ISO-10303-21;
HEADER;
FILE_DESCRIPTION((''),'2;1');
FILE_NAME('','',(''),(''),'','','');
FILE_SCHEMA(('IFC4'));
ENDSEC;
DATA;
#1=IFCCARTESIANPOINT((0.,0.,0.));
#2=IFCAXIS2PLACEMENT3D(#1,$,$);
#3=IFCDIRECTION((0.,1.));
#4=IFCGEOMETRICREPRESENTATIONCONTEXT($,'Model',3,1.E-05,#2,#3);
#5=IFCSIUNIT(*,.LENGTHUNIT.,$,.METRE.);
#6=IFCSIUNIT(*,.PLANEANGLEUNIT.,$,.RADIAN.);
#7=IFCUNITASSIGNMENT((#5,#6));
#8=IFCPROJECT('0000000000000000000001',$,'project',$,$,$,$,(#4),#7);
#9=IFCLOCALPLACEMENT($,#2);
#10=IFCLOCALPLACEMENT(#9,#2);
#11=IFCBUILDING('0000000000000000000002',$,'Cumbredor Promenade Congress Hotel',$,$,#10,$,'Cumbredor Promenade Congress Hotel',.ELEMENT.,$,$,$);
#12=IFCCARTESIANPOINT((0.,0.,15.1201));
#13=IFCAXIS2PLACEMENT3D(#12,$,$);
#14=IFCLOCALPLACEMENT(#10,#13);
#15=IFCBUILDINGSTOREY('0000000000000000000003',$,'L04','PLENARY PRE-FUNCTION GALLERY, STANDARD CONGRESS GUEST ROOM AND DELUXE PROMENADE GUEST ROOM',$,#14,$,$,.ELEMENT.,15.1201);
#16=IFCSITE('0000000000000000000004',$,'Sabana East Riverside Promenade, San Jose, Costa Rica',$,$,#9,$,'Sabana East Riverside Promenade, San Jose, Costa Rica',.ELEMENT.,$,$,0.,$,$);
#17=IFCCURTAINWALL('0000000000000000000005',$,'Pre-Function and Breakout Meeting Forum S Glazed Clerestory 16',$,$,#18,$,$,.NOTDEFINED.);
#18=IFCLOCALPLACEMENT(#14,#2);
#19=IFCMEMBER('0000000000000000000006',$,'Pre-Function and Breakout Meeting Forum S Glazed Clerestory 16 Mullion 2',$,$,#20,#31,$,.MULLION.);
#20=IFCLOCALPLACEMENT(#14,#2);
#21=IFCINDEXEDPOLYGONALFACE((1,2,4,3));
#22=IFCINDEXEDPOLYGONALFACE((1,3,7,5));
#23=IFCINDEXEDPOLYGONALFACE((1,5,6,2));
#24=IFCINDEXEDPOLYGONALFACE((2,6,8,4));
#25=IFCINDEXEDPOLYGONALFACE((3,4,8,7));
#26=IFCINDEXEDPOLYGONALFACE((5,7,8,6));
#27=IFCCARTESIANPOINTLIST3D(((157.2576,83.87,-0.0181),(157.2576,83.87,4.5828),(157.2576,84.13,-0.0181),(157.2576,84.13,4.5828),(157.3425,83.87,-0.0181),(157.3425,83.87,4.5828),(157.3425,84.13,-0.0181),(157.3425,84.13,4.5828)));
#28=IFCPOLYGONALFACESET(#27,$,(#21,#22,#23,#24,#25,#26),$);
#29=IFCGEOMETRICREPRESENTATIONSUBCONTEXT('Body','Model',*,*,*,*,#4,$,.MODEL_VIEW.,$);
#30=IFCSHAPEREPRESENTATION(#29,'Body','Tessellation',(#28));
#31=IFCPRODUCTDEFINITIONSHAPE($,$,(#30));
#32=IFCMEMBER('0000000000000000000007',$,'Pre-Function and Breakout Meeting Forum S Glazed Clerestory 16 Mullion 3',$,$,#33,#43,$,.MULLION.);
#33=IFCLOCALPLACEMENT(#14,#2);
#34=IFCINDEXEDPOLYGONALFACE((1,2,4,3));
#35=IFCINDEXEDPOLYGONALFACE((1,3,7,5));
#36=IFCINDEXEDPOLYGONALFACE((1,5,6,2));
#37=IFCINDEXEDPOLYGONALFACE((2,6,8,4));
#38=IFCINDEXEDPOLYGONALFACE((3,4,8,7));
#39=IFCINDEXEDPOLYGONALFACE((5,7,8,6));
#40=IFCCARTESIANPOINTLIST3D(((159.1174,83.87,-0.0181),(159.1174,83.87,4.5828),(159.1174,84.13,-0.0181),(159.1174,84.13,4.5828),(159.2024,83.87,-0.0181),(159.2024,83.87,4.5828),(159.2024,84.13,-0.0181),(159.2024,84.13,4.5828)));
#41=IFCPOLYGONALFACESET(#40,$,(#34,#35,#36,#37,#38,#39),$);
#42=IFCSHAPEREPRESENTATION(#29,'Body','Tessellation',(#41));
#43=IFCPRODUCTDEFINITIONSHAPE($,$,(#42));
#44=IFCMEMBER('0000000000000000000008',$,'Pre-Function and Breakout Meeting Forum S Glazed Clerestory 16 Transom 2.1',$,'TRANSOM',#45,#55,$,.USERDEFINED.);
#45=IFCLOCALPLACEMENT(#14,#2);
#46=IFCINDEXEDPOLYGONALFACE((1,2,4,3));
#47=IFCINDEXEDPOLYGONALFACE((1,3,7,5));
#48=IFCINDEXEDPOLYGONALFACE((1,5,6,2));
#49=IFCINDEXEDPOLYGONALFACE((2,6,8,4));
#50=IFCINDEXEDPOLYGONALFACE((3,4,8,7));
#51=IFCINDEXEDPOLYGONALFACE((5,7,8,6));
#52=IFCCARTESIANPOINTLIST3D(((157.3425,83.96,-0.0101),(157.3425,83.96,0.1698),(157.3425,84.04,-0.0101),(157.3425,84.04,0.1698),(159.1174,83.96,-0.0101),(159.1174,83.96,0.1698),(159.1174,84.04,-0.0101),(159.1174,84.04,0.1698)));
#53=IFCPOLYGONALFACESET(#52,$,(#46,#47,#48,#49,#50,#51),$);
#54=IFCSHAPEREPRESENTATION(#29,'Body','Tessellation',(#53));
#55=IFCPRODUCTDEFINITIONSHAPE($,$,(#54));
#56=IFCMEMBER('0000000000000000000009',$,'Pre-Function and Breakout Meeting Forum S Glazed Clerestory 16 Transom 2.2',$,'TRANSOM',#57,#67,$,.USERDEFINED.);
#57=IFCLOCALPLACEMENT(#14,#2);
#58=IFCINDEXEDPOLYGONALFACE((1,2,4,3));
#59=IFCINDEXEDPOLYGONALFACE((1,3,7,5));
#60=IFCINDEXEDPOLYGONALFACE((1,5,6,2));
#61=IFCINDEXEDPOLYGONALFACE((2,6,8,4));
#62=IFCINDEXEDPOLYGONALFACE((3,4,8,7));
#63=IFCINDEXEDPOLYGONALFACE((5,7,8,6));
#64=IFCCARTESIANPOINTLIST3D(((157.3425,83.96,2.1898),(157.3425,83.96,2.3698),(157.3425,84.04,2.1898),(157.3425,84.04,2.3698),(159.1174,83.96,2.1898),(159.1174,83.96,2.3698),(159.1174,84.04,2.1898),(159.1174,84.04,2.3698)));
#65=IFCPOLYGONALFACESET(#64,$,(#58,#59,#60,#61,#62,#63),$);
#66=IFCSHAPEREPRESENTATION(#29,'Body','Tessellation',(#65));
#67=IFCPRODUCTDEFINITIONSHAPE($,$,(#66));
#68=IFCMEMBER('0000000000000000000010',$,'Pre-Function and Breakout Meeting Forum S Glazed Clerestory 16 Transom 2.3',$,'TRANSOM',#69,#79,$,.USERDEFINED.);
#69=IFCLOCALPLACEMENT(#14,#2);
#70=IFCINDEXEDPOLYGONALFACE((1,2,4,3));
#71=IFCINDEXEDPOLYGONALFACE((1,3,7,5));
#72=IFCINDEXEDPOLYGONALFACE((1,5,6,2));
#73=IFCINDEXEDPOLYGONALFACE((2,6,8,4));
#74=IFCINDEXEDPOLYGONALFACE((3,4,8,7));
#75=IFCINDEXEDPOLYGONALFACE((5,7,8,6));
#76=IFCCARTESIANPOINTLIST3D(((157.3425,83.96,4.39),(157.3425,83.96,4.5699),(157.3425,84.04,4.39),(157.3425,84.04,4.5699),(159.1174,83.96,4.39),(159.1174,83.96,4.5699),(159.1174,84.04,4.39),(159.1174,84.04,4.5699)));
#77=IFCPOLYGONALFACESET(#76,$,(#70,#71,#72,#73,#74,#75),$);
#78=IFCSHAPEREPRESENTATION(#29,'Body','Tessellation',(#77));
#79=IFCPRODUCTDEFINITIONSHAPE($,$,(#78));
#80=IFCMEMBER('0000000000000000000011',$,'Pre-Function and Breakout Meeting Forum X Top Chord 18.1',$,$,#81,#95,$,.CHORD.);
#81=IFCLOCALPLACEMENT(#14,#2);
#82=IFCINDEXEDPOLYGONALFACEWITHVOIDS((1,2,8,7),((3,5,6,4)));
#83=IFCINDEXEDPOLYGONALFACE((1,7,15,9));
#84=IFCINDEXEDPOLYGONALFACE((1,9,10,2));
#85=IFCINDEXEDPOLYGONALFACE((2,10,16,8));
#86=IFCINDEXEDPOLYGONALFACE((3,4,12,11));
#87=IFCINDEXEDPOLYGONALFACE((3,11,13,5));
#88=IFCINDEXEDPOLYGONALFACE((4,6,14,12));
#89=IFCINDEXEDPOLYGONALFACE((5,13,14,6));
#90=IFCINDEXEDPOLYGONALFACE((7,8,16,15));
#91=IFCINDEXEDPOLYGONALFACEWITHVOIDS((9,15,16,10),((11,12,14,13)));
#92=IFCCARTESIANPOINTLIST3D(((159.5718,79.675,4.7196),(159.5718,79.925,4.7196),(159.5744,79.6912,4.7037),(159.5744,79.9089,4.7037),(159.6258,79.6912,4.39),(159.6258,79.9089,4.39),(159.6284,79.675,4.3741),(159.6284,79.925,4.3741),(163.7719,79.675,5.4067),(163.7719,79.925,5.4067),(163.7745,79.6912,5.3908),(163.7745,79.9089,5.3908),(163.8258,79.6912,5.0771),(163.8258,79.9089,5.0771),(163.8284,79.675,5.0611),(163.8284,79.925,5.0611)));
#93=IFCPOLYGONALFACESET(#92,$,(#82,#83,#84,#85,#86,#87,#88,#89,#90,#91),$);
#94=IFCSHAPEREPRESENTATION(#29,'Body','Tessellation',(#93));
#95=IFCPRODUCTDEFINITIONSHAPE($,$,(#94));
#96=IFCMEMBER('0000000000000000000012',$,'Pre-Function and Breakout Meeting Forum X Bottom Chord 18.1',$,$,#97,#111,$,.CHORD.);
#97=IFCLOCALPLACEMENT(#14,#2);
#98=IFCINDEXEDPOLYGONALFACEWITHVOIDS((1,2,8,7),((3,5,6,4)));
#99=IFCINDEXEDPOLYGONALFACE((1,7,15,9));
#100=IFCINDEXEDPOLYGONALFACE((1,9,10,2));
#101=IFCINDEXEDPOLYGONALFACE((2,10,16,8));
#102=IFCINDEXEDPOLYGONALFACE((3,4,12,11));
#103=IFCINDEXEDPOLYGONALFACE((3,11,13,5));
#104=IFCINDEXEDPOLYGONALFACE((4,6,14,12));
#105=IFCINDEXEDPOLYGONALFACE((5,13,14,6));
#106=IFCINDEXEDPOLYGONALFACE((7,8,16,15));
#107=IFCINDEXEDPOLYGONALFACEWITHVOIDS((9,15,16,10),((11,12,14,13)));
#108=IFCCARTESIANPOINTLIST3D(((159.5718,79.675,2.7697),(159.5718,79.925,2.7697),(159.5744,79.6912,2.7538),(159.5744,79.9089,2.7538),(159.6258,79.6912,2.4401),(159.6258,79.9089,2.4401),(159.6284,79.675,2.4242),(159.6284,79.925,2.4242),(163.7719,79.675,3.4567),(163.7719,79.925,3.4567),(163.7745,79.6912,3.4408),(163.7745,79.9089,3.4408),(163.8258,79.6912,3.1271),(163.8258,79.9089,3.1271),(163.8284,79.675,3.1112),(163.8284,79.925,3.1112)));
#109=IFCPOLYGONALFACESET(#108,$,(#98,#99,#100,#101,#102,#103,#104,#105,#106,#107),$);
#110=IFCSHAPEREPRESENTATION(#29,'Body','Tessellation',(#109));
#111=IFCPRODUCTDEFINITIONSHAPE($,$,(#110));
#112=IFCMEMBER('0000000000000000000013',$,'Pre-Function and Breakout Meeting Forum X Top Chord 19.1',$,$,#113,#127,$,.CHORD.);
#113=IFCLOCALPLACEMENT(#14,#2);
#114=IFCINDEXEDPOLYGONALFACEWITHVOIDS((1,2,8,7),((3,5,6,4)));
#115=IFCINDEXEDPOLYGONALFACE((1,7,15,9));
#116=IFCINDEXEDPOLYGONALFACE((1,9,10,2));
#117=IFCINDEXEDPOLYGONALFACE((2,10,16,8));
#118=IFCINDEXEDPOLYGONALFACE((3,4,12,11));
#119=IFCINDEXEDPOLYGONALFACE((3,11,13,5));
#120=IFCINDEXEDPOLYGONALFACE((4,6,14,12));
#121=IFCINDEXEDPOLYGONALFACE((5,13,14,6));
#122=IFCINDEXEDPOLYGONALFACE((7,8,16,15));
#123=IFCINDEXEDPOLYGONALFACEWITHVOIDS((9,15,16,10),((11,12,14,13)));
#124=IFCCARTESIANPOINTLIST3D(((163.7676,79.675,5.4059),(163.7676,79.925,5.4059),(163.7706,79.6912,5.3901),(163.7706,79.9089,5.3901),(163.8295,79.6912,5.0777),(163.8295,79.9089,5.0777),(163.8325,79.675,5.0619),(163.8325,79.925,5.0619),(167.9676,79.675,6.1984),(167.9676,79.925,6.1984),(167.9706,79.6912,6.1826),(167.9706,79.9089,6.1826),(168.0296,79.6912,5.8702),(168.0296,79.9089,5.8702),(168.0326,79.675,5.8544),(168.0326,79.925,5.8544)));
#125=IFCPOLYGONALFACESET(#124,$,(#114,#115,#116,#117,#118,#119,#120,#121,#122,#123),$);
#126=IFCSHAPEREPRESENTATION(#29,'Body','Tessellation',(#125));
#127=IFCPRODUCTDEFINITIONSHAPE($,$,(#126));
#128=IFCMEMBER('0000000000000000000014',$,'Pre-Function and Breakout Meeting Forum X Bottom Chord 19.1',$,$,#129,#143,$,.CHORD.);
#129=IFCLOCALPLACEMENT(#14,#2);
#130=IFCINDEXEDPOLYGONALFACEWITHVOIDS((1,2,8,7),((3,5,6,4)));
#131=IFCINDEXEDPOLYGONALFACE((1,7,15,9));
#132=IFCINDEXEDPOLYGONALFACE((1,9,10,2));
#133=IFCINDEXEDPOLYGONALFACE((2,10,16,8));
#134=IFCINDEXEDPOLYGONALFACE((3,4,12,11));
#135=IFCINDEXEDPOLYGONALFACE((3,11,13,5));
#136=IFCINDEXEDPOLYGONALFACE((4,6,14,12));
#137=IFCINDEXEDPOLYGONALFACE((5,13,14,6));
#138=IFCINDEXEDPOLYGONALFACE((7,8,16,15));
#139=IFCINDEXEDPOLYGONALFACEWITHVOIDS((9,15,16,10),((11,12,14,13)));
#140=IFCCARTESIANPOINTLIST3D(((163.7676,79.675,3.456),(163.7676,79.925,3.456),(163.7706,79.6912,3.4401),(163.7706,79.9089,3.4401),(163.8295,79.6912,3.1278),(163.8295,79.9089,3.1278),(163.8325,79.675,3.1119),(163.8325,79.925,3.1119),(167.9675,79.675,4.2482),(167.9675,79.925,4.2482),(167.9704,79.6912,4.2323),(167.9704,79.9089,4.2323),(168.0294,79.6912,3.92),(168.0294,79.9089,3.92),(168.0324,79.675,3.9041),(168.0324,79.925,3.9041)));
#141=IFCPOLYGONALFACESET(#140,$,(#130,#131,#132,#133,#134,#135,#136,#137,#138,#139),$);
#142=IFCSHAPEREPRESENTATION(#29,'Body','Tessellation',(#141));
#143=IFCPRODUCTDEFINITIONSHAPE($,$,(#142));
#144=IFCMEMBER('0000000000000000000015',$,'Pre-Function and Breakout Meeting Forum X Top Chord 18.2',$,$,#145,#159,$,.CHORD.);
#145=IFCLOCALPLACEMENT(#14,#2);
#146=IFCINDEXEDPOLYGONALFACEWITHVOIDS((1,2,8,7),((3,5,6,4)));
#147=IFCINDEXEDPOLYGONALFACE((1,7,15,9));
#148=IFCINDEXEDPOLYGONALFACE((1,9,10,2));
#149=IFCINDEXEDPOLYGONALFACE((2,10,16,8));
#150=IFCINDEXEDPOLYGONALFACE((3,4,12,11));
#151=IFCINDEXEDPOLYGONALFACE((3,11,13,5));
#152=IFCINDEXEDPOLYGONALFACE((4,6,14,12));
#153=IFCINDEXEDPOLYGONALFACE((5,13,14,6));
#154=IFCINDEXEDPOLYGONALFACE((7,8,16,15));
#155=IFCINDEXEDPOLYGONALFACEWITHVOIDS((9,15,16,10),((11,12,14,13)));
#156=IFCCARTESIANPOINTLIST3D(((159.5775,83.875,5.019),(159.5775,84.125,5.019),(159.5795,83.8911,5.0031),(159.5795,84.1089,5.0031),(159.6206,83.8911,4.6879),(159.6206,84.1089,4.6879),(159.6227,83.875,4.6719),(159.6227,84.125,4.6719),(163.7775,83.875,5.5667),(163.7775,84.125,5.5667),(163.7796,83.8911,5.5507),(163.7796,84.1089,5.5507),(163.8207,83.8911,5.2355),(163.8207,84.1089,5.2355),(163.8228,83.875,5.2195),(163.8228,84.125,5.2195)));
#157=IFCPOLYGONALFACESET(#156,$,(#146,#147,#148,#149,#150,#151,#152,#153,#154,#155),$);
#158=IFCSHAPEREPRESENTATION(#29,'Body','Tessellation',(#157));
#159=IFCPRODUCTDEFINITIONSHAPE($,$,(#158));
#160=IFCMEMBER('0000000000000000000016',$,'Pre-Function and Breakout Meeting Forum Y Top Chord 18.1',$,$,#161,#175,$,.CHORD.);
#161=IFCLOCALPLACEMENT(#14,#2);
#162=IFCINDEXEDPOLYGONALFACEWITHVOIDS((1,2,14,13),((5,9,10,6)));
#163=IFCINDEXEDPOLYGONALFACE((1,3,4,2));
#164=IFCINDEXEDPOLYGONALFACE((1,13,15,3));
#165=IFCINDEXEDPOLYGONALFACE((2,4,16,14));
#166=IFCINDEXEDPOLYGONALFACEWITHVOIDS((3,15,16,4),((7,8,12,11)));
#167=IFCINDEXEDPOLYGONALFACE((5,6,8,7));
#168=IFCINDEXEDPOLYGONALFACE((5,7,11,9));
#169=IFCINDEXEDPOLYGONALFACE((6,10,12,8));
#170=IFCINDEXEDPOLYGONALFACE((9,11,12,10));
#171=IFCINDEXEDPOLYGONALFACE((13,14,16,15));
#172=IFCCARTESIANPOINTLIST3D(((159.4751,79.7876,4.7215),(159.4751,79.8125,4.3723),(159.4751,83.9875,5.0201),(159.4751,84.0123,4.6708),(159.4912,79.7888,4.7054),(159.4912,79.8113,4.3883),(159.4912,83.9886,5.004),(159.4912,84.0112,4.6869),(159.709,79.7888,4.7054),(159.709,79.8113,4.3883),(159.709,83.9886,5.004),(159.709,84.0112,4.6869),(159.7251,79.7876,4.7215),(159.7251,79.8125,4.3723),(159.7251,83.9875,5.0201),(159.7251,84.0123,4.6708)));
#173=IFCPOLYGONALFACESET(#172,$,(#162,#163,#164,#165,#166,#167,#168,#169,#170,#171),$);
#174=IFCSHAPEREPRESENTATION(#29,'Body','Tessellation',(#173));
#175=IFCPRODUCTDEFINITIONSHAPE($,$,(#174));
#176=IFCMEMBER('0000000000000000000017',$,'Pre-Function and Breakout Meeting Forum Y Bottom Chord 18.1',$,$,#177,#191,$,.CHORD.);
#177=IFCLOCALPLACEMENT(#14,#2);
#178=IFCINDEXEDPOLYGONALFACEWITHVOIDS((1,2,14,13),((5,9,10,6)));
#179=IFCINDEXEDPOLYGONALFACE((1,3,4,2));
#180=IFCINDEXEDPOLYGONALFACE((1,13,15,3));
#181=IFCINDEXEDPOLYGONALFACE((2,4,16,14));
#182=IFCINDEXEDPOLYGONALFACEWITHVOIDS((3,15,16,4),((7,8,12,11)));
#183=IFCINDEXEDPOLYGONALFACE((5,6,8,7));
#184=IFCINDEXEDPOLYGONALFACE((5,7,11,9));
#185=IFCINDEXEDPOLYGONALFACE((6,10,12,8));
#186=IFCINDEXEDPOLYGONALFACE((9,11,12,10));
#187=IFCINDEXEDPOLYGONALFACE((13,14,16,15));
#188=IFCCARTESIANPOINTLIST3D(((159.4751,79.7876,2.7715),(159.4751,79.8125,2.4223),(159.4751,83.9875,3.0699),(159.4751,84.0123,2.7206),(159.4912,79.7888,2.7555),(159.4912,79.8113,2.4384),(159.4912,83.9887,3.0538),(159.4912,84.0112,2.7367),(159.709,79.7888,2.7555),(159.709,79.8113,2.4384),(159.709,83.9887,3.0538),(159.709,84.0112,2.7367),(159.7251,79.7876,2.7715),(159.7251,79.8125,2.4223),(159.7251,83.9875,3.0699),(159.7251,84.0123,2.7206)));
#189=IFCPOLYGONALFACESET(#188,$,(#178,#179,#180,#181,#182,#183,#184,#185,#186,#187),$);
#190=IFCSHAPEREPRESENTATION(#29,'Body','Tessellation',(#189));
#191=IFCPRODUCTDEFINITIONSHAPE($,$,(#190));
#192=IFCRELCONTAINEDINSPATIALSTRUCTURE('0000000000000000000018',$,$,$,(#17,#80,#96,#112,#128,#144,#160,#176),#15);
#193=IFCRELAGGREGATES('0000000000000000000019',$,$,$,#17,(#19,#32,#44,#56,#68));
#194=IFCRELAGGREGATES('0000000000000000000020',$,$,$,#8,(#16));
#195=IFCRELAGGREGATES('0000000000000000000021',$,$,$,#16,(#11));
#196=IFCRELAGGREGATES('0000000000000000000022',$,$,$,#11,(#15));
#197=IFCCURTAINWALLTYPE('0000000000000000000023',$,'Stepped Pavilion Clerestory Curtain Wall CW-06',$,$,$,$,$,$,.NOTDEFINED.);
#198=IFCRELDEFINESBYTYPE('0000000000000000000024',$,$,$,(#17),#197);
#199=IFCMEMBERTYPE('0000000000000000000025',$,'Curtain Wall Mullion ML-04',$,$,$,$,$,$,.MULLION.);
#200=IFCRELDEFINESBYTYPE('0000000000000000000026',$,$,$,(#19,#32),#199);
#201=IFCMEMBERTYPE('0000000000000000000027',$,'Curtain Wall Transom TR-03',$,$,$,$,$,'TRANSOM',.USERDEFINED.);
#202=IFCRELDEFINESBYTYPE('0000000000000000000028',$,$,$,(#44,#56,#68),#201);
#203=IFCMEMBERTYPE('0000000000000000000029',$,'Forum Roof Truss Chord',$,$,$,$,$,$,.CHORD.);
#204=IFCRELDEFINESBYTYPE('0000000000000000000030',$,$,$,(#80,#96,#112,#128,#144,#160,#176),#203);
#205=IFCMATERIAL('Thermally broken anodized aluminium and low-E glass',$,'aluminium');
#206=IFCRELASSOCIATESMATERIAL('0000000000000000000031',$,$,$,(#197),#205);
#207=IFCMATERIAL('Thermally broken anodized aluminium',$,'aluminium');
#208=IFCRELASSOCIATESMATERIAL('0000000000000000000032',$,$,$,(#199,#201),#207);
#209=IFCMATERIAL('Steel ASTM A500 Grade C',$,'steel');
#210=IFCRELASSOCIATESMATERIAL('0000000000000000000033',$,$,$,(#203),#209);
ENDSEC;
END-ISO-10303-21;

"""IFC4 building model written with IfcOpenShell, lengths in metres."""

from ifc_helpers import new_model, si_unit, direction, frame, origin, origin_2d, place, context, subcontext, project, spatial, rectangle, hollow_rectangle, extrude, material, material_profile, profile_set, type_object, element, aggregate, save


model = new_model("IFC4")

# Units and contexts
model_context = context("Model", 3, precision=1e-05, world=origin(), true_north=direction((0.0, 1.0)))
body_context = subcontext(model_context, "Body", "Model", "MODEL_VIEW")
ifc_project = project(units=[si_unit("LENGTHUNIT", "METRE"), si_unit("PLANEANGLEUNIT", "RADIAN")], contexts=[model_context])

# Site, building, storey
site_placement = place(None, origin())
site = spatial("IfcSite", under=ifc_project, at=site_placement, Name="Sabana East Riverside Promenade, San Jose, Costa Rica", LongName="Sabana East Riverside Promenade, San Jose, Costa Rica", CompositionType="ELEMENT", RefElevation=0.0)
building_placement = place(site_placement, origin())
building = spatial("IfcBuilding", under=site, at=building_placement, Name="Cumbredor Promenade Congress Hotel", LongName="Cumbredor Promenade Congress Hotel", CompositionType="ELEMENT")
storey_placement = place(building_placement, frame((0.0, 0.0, 15.1201)))
storey = spatial("IfcBuildingStorey", under=building, at=storey_placement, Name="L04", Description="PLENARY PRE-FUNCTION GALLERY, STANDARD CONGRESS GUEST ROOM AND DELUXE PROMENADE GUEST ROOM", CompositionType="ELEMENT", Elevation=15.1201)

# Curtain wall, members
ifc_material_1 = material(Name="Thermally broken anodized aluminium and low-E glass", Category="aluminium")
curtain_wall_type = type_object("IfcCurtainWallType", Name="Stepped Pavilion Clerestory Curtain Wall CW-06", PredefinedType="NOTDEFINED", material=ifc_material_1)
curtain_wall_placement = place(storey_placement, origin())
curtain_wall = element("IfcCurtainWall", 1, at=curtain_wall_placement, inside=storey, type_object=curtain_wall_type, Name="Pre-Function and Breakout Meeting Forum S Glazed Clerestory 16", PredefinedType="NOTDEFINED")
ifc_material_2 = material(Name="Thermally broken anodized aluminium", Category="aluminium")
ifc_material_profile_1 = material_profile(ifc_material_2, rectangle(XDim=0.085, YDim=0.26, at=origin_2d()), Name="ALU MULLION CLERESTORY 85x260")
ifc_profile_set_1 = profile_set([ifc_material_profile_1], Name="Thermally broken anodized aluminium")
member_type_1 = type_object("IfcMemberType", Name="Curtain Wall Mullion ML-04", PredefinedType="MULLION", material=ifc_profile_set_1)
member_1_placement = place(storey_placement, frame((157.3, 84.0, -0.0181), z_axis=(0.0, 0.0, 1.0), x_axis=(1.0, 0.0, 0.0)))
member_1 = element("IfcMember", 2, at=member_1_placement, type_object=member_type_1, Name="Pre-Function and Breakout Meeting Forum S Glazed Clerestory 16 Mullion 2", PredefinedType="MULLION", context=body_context, shape_type="SweptSolid", body=[
    extrude(rectangle(XDim=0.085, YDim=0.26, at=origin_2d()), origin(), (0.0, 0.0, 1.0), 4.6008),
])
member_2_placement = place(storey_placement, frame((159.1599, 84.0, -0.0181), z_axis=(0.0, 0.0, 1.0), x_axis=(1.0, 0.0, 0.0)))
member_2 = element("IfcMember", 3, at=member_2_placement, type_object=member_type_1, Name="Pre-Function and Breakout Meeting Forum S Glazed Clerestory 16 Mullion 3", PredefinedType="MULLION", context=body_context, shape_type="SweptSolid", body=[
    extrude(rectangle(XDim=0.085, YDim=0.26, at=origin_2d()), origin(), (0.0, 0.0, 1.0), 4.6008),
])
ifc_material_profile_2 = material_profile(ifc_material_2, rectangle(XDim=0.0801, YDim=0.1799, at=origin_2d()), Name="ALU TRANSOM 80x180")
ifc_profile_set_2 = profile_set([ifc_material_profile_2], Name="Thermally broken anodized aluminium")
member_type_2 = type_object("IfcMemberType", Name="Curtain Wall Transom TR-03", ElementType="TRANSOM", PredefinedType="USERDEFINED", material=ifc_profile_set_2)
member_3_placement = place(storey_placement, frame((157.3425, 84.0, 0.0798), z_axis=(1.0, 0.0, 0.0), x_axis=(0.0, 1.0, 0.0)))
member_3 = element("IfcMember", 4, at=member_3_placement, type_object=member_type_2, Name="Pre-Function and Breakout Meeting Forum S Glazed Clerestory 16 Transom 2.1", ObjectType="TRANSOM", PredefinedType="USERDEFINED", context=body_context, shape_type="SweptSolid", body=[
    extrude(rectangle(XDim=0.0801, YDim=0.1799, at=origin_2d()), origin(), (0.0, 0.0, 1.0), 1.7749),
])
member_4_placement = place(storey_placement, frame((157.3425, 84.0, 2.2798), z_axis=(1.0, 0.0, 0.0), x_axis=(0.0, 1.0, 0.0)))
member_4 = element("IfcMember", 5, at=member_4_placement, type_object=member_type_2, Name="Pre-Function and Breakout Meeting Forum S Glazed Clerestory 16 Transom 2.2", ObjectType="TRANSOM", PredefinedType="USERDEFINED", context=body_context, shape_type="SweptSolid", body=[
    extrude(rectangle(XDim=0.0801, YDim=0.1799, at=origin_2d()), origin(), (0.0, 0.0, 1.0), 1.7749),
])
member_5_placement = place(storey_placement, frame((157.3425, 84.0, 4.48), z_axis=(1.0, 0.0, 0.0), x_axis=(0.0, 1.0, 0.0)))
member_5 = element("IfcMember", 6, at=member_5_placement, type_object=member_type_2, Name="Pre-Function and Breakout Meeting Forum S Glazed Clerestory 16 Transom 2.3", ObjectType="TRANSOM", PredefinedType="USERDEFINED", context=body_context, shape_type="SweptSolid", body=[
    extrude(rectangle(XDim=0.0801, YDim=0.1799, at=origin_2d()), origin(), (0.0, 0.0, 1.0), 1.7749),
])

# Members
ifc_material_3 = material(Name="Steel ASTM A500 Grade C", Category="steel")
ifc_material_profile_3 = material_profile(ifc_material_3, hollow_rectangle(XDim=0.25, YDim=0.3501, WallThickness=0.0161, at=origin_2d()), Name="HSS 350x250x16")
ifc_profile_set_3 = profile_set([ifc_material_profile_3], Name="Steel ASTM A500 Grade C")
member_type_3 = type_object("IfcMemberType", Name="Forum Roof Truss Chord", PredefinedType="CHORD", material=ifc_profile_set_3)
for number, where, z_axis, x_axis, name in (
    (7, (159.6001, 79.8, 4.5469), (0.986884, 0.0, 0.161431), (0.0, 1.0, 0.0), "Pre-Function and Breakout Meeting Forum X Top Chord 18.1"),
    (8, (159.6001, 79.8, 2.5969), (0.986884, 0.0, 0.161431), (0.0, 1.0, 0.0), "Pre-Function and Breakout Meeting Forum X Bottom Chord 18.1"),
):
    element("IfcMember", number, at=place(storey_placement, frame(where, z_axis=z_axis, x_axis=x_axis)), inside=storey, type_object=member_type_3, Name=name, PredefinedType="CHORD", context=body_context, shape_type="SweptSolid", body=[
        extrude(hollow_rectangle(XDim=0.25, YDim=0.3501, WallThickness=0.0161, at=origin_2d()), origin(), (0.0, 0.0, 1.0), 4.2559),
    ])
member_6_placement = place(storey_placement, frame((163.8, 79.8, 5.2339), z_axis=(0.98266, 0.0, 0.185416), x_axis=(0.0, 1.0, 0.0)))
element("IfcMember", 9, at=member_6_placement, inside=storey, type_object=member_type_3, Name="Pre-Function and Breakout Meeting Forum X Top Chord 19.1", PredefinedType="CHORD", context=body_context, shape_type="SweptSolid", body=[
    extrude(hollow_rectangle(XDim=0.25, YDim=0.3501, WallThickness=0.0161, at=origin_2d()), origin(), (0.0, 0.0, 1.0), 4.2742),
])
member_7_placement = place(storey_placement, frame((163.8, 79.8, 3.2839), z_axis=(0.98267, 0.0, 0.185361), x_axis=(0.0, 1.0, 0.0)))
element("IfcMember", 10, at=member_7_placement, inside=storey, type_object=member_type_3, Name="Pre-Function and Breakout Meeting Forum X Bottom Chord 19.1", PredefinedType="CHORD", context=body_context, shape_type="SweptSolid", body=[
    extrude(hollow_rectangle(XDim=0.25, YDim=0.3501, WallThickness=0.0161, at=origin_2d()), origin(), (0.0, 0.0, 1.0), 4.2739),
])
member_8_placement = place(storey_placement, frame((159.6001, 84.0, 4.8455), z_axis=(0.991607, 0.0, 0.12929), x_axis=(0.0, 1.0, 0.0)))
element("IfcMember", 11, at=member_8_placement, inside=storey, type_object=member_type_3, Name="Pre-Function and Breakout Meeting Forum X Top Chord 18.2", PredefinedType="CHORD", context=body_context, shape_type="SweptSolid", body=[
    extrude(hollow_rectangle(XDim=0.25, YDim=0.3501, WallThickness=0.0161, at=origin_2d()), origin(), (0.0, 0.0, 1.0), 4.2356),
])
for number, where, z_axis, x_axis, name in (
    (12, (159.6001, 79.8, 4.5469), (0.0, 0.997482, 0.070913), (-1.0, 0.0, 0.0), "Pre-Function and Breakout Meeting Forum Y Top Chord 18.1"),
    (13, (159.6001, 79.8, 2.5969), (0.0, 0.997487, 0.070856), (-1.0, 0.0, 0.0), "Pre-Function and Breakout Meeting Forum Y Bottom Chord 18.1"),
):
    element("IfcMember", number, at=place(storey_placement, frame(where, z_axis=z_axis, x_axis=x_axis)), inside=storey, type_object=member_type_3, Name=name, PredefinedType="CHORD", context=body_context, shape_type="SweptSolid", body=[
        extrude(hollow_rectangle(XDim=0.25, YDim=0.3501, WallThickness=0.0161, at=origin_2d()), origin(), (0.0, 0.0, 1.0), 4.2104),
    ])

aggregate(curtain_wall, [member_1, member_2, member_3, member_4, member_5])

save(model, "model.ifc")
